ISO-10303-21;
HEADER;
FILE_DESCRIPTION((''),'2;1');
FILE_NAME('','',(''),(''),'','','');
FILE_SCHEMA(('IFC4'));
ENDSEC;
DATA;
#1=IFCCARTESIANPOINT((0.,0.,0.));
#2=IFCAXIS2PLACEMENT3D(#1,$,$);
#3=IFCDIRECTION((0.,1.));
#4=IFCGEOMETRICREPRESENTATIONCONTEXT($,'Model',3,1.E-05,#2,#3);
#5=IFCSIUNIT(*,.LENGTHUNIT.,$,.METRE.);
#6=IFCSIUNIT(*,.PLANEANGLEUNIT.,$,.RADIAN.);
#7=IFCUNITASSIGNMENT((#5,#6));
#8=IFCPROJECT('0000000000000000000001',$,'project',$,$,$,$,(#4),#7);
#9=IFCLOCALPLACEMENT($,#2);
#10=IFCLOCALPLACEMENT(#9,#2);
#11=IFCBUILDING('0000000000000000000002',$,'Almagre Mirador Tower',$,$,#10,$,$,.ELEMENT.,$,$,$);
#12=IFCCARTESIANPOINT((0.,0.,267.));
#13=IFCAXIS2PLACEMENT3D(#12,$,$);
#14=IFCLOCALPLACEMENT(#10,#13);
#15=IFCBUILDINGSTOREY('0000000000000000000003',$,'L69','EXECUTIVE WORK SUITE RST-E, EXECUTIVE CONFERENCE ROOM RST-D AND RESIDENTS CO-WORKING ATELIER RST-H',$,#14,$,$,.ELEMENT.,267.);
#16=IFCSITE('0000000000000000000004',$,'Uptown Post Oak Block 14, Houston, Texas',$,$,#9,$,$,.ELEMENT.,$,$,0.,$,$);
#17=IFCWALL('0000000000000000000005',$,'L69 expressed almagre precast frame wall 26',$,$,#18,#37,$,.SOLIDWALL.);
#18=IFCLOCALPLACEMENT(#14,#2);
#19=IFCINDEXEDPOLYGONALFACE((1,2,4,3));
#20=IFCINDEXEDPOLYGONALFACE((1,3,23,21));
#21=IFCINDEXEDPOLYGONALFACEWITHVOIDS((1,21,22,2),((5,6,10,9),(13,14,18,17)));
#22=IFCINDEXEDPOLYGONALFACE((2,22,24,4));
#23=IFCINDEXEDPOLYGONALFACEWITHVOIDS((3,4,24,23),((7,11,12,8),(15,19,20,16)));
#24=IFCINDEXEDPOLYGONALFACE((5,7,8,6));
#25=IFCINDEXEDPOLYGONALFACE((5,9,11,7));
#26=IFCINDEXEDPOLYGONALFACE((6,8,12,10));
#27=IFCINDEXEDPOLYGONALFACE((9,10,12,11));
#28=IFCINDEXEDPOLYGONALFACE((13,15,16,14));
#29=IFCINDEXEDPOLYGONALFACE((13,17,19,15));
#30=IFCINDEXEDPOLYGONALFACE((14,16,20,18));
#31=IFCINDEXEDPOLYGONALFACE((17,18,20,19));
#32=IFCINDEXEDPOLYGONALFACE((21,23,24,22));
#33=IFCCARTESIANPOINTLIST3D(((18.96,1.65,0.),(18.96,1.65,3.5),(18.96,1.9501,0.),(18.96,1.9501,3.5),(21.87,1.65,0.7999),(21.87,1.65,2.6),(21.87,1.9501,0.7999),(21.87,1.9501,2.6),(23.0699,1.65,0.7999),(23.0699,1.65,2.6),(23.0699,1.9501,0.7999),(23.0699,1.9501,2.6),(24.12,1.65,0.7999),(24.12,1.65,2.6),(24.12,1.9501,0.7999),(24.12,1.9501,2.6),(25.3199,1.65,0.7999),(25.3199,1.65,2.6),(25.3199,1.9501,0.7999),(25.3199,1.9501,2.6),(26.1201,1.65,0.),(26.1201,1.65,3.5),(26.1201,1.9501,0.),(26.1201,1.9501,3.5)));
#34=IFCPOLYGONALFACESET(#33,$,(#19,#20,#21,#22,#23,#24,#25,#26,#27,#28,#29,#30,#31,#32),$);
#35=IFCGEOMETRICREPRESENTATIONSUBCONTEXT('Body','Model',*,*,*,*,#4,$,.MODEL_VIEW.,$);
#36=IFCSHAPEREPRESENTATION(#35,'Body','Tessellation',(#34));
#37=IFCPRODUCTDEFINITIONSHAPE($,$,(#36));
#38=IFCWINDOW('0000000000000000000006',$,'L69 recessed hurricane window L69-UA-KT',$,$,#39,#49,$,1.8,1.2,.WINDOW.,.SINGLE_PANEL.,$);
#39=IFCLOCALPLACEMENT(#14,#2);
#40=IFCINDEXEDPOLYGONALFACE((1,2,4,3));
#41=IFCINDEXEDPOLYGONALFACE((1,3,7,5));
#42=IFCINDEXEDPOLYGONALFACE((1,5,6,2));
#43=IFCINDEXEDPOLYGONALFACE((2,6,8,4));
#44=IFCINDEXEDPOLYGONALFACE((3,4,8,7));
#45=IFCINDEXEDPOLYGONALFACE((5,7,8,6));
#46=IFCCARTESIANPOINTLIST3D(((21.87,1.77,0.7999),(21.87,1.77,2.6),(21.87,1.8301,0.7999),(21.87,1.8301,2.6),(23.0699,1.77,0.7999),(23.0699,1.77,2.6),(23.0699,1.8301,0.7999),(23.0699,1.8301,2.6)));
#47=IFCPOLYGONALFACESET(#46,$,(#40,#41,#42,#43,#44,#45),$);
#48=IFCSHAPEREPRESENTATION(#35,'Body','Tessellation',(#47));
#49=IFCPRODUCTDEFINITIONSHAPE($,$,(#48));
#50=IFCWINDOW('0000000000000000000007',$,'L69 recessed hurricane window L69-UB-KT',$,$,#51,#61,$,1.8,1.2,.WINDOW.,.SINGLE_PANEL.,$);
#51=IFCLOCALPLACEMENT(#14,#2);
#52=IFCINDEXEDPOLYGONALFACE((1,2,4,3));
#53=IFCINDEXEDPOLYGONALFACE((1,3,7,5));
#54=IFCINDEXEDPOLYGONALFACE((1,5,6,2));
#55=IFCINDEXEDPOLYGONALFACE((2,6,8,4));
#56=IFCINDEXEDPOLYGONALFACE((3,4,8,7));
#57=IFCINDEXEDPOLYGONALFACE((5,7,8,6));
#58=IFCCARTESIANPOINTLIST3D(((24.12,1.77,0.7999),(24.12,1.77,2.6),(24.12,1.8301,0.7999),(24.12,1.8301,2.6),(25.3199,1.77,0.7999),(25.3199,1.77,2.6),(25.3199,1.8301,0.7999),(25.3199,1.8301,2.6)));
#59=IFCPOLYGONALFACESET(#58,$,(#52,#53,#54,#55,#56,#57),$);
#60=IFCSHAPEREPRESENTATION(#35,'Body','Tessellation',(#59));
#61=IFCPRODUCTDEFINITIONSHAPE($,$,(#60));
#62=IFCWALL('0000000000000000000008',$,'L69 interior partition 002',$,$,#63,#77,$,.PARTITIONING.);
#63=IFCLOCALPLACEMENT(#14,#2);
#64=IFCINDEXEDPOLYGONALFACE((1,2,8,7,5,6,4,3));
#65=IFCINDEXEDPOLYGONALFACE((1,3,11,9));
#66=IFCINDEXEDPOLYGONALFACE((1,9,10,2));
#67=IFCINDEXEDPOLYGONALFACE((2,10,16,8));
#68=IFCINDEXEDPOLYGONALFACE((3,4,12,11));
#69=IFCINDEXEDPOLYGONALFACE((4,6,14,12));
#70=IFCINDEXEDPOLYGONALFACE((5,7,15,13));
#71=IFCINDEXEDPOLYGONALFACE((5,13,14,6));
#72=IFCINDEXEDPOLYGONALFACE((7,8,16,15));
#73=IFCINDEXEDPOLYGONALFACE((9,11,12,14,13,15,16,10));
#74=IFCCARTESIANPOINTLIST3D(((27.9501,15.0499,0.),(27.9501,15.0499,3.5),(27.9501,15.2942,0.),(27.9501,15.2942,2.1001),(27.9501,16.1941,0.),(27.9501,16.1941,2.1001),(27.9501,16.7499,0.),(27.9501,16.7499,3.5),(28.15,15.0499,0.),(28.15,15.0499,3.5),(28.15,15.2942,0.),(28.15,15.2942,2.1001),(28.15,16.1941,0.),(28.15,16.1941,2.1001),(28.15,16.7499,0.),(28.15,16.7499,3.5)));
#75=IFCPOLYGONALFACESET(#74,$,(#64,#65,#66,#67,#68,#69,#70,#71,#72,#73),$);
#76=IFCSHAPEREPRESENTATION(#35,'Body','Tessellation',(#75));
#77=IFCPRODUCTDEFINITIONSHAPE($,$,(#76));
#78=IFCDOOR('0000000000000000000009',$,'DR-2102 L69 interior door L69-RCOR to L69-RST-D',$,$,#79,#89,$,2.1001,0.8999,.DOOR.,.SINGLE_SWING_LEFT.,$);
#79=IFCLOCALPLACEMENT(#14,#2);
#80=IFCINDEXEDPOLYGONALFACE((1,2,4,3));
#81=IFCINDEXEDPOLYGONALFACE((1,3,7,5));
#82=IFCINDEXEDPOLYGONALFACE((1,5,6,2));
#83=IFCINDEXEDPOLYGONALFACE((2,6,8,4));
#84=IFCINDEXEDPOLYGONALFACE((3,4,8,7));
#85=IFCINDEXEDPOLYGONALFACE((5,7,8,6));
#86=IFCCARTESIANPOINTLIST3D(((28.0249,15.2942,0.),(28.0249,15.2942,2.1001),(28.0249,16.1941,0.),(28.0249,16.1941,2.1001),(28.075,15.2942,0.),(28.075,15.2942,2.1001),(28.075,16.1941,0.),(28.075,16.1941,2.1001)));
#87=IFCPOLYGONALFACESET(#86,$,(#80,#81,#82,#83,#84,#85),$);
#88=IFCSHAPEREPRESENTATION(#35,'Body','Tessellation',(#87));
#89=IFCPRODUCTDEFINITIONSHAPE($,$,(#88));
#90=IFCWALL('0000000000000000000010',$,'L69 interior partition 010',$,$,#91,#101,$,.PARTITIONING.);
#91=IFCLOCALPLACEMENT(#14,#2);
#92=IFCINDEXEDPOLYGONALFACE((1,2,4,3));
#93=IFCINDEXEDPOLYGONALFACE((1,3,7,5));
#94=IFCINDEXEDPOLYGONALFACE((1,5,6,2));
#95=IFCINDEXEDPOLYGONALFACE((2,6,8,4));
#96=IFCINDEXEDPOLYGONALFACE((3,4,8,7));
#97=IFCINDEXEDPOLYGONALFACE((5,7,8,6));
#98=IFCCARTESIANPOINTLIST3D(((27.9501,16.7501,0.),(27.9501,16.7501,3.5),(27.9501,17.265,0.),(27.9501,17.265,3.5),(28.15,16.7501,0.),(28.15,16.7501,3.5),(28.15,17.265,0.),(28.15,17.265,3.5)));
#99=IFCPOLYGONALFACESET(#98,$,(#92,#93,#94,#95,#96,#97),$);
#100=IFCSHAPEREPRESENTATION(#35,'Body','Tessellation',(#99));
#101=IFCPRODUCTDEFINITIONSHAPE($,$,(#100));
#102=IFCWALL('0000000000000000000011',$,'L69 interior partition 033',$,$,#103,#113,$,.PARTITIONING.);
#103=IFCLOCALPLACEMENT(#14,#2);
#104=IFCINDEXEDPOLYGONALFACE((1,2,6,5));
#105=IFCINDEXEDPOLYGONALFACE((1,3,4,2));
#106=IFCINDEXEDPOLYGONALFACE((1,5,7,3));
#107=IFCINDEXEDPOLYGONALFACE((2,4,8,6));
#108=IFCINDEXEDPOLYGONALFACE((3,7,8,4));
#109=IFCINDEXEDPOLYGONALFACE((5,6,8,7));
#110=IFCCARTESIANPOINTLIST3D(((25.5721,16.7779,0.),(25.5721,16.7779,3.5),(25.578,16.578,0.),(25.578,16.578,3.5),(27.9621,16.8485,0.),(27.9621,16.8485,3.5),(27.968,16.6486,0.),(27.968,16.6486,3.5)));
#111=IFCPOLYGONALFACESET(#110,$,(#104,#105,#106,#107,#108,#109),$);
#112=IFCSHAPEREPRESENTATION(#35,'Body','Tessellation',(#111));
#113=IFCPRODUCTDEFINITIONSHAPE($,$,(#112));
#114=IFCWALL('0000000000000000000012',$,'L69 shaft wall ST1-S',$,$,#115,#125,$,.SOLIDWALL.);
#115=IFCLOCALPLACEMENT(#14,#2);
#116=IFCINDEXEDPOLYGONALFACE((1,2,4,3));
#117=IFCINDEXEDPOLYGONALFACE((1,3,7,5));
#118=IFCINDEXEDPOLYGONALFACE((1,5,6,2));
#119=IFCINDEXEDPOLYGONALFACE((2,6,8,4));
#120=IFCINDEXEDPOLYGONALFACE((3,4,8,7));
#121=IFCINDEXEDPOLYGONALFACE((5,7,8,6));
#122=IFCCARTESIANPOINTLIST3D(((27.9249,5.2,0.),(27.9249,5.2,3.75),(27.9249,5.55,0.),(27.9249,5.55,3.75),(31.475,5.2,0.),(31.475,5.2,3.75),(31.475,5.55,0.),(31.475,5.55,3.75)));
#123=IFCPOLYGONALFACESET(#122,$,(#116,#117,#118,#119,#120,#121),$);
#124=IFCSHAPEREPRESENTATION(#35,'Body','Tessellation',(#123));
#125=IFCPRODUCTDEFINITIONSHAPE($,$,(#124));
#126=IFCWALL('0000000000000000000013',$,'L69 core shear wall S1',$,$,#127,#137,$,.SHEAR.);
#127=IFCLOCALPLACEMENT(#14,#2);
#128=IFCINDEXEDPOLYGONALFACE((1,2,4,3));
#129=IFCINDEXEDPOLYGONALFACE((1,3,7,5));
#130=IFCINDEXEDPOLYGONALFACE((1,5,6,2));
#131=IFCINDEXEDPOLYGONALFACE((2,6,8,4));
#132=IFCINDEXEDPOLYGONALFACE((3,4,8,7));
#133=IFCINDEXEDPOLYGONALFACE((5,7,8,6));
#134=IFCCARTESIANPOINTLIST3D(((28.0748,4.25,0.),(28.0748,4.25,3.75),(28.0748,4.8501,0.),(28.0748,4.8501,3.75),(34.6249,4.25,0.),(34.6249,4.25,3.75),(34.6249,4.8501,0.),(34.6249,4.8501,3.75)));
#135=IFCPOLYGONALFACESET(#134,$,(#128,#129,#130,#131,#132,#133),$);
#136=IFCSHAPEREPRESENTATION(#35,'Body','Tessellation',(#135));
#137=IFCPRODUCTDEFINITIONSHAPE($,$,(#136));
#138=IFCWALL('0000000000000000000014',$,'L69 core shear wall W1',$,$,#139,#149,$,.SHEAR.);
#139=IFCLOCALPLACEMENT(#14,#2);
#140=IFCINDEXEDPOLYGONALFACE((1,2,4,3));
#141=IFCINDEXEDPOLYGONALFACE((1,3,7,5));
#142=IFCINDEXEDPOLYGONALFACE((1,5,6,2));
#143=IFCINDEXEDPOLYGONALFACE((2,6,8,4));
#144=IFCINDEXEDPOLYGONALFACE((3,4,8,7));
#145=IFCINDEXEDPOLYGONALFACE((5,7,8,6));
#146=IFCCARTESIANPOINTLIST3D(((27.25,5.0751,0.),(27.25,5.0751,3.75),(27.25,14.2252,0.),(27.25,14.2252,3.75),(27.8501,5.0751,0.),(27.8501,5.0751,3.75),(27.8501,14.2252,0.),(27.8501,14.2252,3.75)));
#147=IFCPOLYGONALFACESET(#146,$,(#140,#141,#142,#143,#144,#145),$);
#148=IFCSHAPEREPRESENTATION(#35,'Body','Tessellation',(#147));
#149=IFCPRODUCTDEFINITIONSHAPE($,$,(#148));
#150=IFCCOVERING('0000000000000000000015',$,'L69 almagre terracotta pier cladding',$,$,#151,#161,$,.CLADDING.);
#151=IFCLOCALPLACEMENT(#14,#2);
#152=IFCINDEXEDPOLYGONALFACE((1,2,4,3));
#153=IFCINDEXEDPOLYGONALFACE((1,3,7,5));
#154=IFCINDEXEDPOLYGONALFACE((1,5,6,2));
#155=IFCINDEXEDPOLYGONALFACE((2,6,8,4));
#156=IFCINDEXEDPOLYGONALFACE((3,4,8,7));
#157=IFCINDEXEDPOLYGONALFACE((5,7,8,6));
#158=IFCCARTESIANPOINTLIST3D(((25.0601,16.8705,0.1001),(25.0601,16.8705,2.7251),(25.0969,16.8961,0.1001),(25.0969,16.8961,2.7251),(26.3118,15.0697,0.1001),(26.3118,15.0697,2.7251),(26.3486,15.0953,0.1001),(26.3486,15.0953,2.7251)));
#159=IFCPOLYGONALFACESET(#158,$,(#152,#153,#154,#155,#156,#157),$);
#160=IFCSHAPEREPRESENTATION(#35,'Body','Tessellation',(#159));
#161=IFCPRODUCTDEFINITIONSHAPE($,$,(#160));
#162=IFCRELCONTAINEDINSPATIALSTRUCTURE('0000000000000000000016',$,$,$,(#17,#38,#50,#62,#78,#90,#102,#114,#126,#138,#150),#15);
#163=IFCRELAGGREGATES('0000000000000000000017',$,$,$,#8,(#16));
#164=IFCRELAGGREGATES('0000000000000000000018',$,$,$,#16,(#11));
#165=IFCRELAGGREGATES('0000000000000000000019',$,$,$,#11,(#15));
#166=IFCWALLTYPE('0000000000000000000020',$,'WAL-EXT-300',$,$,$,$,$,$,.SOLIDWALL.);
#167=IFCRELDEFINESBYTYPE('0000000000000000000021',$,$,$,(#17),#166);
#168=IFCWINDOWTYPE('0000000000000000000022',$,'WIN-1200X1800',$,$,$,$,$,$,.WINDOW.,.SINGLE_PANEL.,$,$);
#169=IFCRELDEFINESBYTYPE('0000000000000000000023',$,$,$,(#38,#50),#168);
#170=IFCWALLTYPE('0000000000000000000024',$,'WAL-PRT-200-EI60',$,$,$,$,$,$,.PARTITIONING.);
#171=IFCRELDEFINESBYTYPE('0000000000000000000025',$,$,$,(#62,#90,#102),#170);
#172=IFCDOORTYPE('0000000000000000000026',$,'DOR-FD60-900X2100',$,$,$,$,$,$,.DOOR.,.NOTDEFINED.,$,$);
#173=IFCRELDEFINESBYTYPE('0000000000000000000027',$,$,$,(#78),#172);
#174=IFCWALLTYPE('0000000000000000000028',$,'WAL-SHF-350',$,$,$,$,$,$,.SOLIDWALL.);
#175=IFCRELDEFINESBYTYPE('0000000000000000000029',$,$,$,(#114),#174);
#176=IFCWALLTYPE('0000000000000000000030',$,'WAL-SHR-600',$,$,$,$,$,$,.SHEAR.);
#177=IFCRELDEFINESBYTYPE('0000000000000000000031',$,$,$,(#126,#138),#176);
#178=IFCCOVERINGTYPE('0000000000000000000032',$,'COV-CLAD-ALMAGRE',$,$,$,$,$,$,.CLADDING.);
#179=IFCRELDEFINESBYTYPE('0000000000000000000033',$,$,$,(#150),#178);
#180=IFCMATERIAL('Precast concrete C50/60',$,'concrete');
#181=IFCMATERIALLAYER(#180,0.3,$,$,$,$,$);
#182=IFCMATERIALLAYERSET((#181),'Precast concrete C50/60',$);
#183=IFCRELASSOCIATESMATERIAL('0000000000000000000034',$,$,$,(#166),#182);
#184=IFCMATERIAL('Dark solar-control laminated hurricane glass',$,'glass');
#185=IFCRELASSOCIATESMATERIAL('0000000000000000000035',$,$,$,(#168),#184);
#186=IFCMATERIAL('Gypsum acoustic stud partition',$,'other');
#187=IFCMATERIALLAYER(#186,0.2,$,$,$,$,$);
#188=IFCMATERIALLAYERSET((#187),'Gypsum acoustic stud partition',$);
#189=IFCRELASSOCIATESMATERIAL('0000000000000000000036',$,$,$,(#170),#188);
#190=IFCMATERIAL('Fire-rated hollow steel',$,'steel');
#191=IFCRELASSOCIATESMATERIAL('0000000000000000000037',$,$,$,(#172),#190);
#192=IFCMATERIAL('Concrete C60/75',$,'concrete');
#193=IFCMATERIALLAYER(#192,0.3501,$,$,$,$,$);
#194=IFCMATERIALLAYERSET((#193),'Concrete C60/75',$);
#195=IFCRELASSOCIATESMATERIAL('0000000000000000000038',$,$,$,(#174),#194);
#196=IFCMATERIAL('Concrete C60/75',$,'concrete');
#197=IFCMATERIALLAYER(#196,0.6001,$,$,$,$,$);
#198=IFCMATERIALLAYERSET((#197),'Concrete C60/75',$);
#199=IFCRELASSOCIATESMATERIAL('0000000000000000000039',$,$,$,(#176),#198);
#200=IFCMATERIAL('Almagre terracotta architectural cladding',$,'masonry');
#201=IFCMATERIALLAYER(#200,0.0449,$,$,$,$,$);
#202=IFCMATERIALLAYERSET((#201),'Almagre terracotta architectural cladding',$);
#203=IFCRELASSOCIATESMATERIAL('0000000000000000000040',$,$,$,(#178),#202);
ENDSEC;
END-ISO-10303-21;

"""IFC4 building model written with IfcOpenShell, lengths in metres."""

from ifc_helpers import new_model, si_unit, direction, frame, frame_2d, origin, origin_2d, place, context, subcontext, project, spatial, rectangle, extrude, material, layer, layer_set, type_object, element, fill, save


model = new_model("IFC4")

# Units and contexts
model_context = context("Model", 3, precision=1e-05, world=origin(), true_north=direction((0.0, 1.0)))
body_context = subcontext(model_context, "Body", "Model", "MODEL_VIEW")
ifc_project = project(units=[si_unit("LENGTHUNIT", "METRE"), si_unit("PLANEANGLEUNIT", "RADIAN")], contexts=[model_context])

# Site, building, storey
site_placement = place(None, origin())
site = spatial("IfcSite", under=ifc_project, at=site_placement, Name="Uptown Post Oak Block 14, Houston, Texas", CompositionType="ELEMENT", RefElevation=0.0)
building_placement = place(site_placement, origin())
building = spatial("IfcBuilding", under=site, at=building_placement, Name="Almagre Mirador Tower", CompositionType="ELEMENT")
storey_placement = place(building_placement, frame((0.0, 0.0, 267.0)))
storey = spatial("IfcBuildingStorey", under=building, at=storey_placement, Name="L69", Description="EXECUTIVE WORK SUITE RST-E, EXECUTIVE CONFERENCE ROOM RST-D AND RESIDENTS CO-WORKING ATELIER RST-H", CompositionType="ELEMENT", Elevation=267.0)

# Shared definitions
ifc_material_1 = material(Name="Precast concrete C50/60", Category="concrete")
ifc_layer_1 = layer(ifc_material_1, 0.3)
ifc_layer_set_1 = layer_set([ifc_layer_1], Name="Precast concrete C50/60")
wall_type_1 = type_object("IfcWallType", Name="WAL-EXT-300", PredefinedType="SOLIDWALL", material=ifc_layer_set_1)

# Wall, openings, windows
wall_1_placement = place(storey_placement, frame((26.1201, 1.8, 0.0), z_axis=(0.0, 0.0, 1.0), x_axis=(-1.0, 0.0, 0.0)))
wall_1 = element("IfcWall", 1, at=wall_1_placement, inside=storey, type_object=wall_type_1, Name="L69 expressed almagre precast frame wall 26", PredefinedType="SOLIDWALL", context=body_context, shape_type="SweptSolid", body=[
    extrude(rectangle(XDim=7.1602, YDim=0.3, at=frame_2d((3.5801, 0.0))), origin(), (0.0, 0.0, 1.0), 3.5),
])
opening_1_placement = place(wall_1_placement, frame((3.05, 0.0, 0.8)))
opening_1 = element("IfcOpeningElement", 2, at=opening_1_placement, cuts=wall_1, PredefinedType="OPENING", context=body_context, shape_type="SweptSolid", body=[
    extrude(rectangle(XDim=1.2, YDim=1.8, at=frame_2d((0.6001, 0.8999))), frame((0.0, 0.1599, 0.0), z_axis=(0.0, -1.0, 0.0), x_axis=(1.0, 0.0, 0.0)), (0.0, 0.0, 1.0), 0.32),
])
opening_2_placement = place(wall_1_placement, frame((0.8, 0.0, 0.8)))
opening_2 = element("IfcOpeningElement", 3, at=opening_2_placement, cuts=wall_1, PredefinedType="OPENING", context=body_context, shape_type="SweptSolid", body=[
    extrude(rectangle(XDim=1.2, YDim=1.8, at=frame_2d((0.6001, 0.8999))), frame((0.0, 0.1599, 0.0), z_axis=(0.0, -1.0, 0.0), x_axis=(1.0, 0.0, 0.0)), (0.0, 0.0, 1.0), 0.32),
])
ifc_material_2 = material(Name="Dark solar-control laminated hurricane glass", Category="glass")
window_type = type_object("IfcWindowType", Name="WIN-1200X1800", PartitioningType="SINGLE_PANEL", PredefinedType="WINDOW", material=ifc_material_2)
window_1_placement = place(opening_1_placement, origin())
window_1 = element("IfcWindow", 4, at=window_1_placement, inside=storey, type_object=window_type, Name="L69 recessed hurricane window L69-UA-KT", OverallHeight=1.8, OverallWidth=1.2, PartitioningType="SINGLE_PANEL", PredefinedType="WINDOW", context=body_context, shape_type="SweptSolid", body=[
    extrude(rectangle(XDim=1.2, YDim=1.8, at=frame_2d((0.6001, 0.8999))), frame((0.0, 0.03, 0.0), z_axis=(0.0, -1.0, 0.0), x_axis=(1.0, 0.0, 0.0)), (0.0, 0.0, 1.0), 0.0601),
])
fill(opening_1, window_1)
window_2_placement = place(opening_2_placement, origin())
window_2 = element("IfcWindow", 5, at=window_2_placement, inside=storey, type_object=window_type, Name="L69 recessed hurricane window L69-UB-KT", OverallHeight=1.8, OverallWidth=1.2, PartitioningType="SINGLE_PANEL", PredefinedType="WINDOW", context=body_context, shape_type="SweptSolid", body=[
    extrude(rectangle(XDim=1.2, YDim=1.8, at=frame_2d((0.6001, 0.8999))), frame((0.0, 0.03, 0.0), z_axis=(0.0, -1.0, 0.0), x_axis=(1.0, 0.0, 0.0)), (0.0, 0.0, 1.0), 0.0601),
])
fill(opening_2, window_2)

# Wall, opening, door
ifc_material_3 = material(Name="Gypsum acoustic stud partition", Category="other")
ifc_layer_2 = layer(ifc_material_3, 0.2)
ifc_layer_set_2 = layer_set([ifc_layer_2], Name="Gypsum acoustic stud partition")
wall_type_2 = type_object("IfcWallType", Name="WAL-PRT-200-EI60", PredefinedType="PARTITIONING", material=ifc_layer_set_2)
wall_2_placement = place(storey_placement, frame((28.05, 16.75, 0.0), z_axis=(0.0, 0.0, 1.0), x_axis=(0.0, -1.0, 0.0)))
wall_2 = element("IfcWall", 6, at=wall_2_placement, inside=storey, type_object=wall_type_2, Name="L69 interior partition 002", PredefinedType="PARTITIONING", context=body_context, shape_type="SweptSolid", body=[
    extrude(rectangle(XDim=1.7, YDim=0.2, at=frame_2d((0.8501, 0.0))), origin(), (0.0, 0.0, 1.0), 3.5),
])
opening_3_placement = place(wall_2_placement, frame((0.5559, 0.0, 0.0)))
opening_3 = element("IfcOpeningElement", 7, at=opening_3_placement, cuts=wall_2, PredefinedType="OPENING", context=body_context, shape_type="SweptSolid", body=[
    extrude(rectangle(XDim=0.8999, YDim=2.1001, at=frame_2d((0.45, 1.05))), frame((0.0, 0.1101, 0.0), z_axis=(0.0, -1.0, 0.0), x_axis=(1.0, 0.0, 0.0)), (0.0, 0.0, 1.0), 0.22),
])
ifc_material_4 = material(Name="Fire-rated hollow steel", Category="steel")
door_type_1 = type_object("IfcDoorType", Name="DOR-FD60-900X2100", OperationType="NOTDEFINED", PredefinedType="DOOR", material=ifc_material_4)
door_1_placement = place(opening_3_placement, origin())
door_1 = element("IfcDoor", 8, at=door_1_placement, inside=storey, type_object=door_type_1, Name="DR-2102 L69 interior door L69-RCOR to L69-RST-D", OperationType="SINGLE_SWING_LEFT", OverallHeight=2.1001, OverallWidth=0.8999, PredefinedType="DOOR", context=body_context, shape_type="SweptSolid", body=[
    extrude(rectangle(XDim=0.8999, YDim=2.1001, at=frame_2d((0.45, 1.05))), frame((0.0, 0.0249, 0.0), z_axis=(0.0, -1.0, 0.0), x_axis=(1.0, 0.0, 0.0)), (0.0, 0.0, 1.0), 0.05),
])
fill(opening_3, door_1)

# Walls
wall_3_placement = place(storey_placement, frame((28.05, 17.2649, 0.0), z_axis=(0.0, 0.0, 1.0), x_axis=(0.0, -1.0, 0.0)))
element("IfcWall", 9, at=wall_3_placement, inside=storey, type_object=wall_type_2, Name="L69 interior partition 010", PredefinedType="PARTITIONING", context=body_context, shape_type="SweptSolid", body=[
    extrude(rectangle(XDim=0.5149, YDim=0.2, at=frame_2d((0.2573, 0.0))), origin(), (0.0, 0.0, 1.0), 3.5),
])
wall_4_placement = place(storey_placement, frame((27.9651, 16.7485, 0.0), z_axis=(0.0, 0.0, 1.0), x_axis=(-0.999565, -0.029507, 0.0)))
element("IfcWall", 10, at=wall_4_placement, inside=storey, type_object=wall_type_2, Name="L69 interior partition 033", PredefinedType="PARTITIONING", context=body_context, shape_type="SweptSolid", body=[
    extrude(rectangle(XDim=2.3911, YDim=0.2, at=frame_2d((1.1956, 0.0))), origin(), (0.0, 0.0, 1.0), 3.5),
])
ifc_material_5 = material(Name="Concrete C60/75", Category="concrete")
ifc_layer_3 = layer(ifc_material_5, 0.3501)
ifc_layer_set_3 = layer_set([ifc_layer_3], Name="Concrete C60/75")
wall_type_3 = type_object("IfcWallType", Name="WAL-SHF-350", PredefinedType="SOLIDWALL", material=ifc_layer_set_3)
wall_5_placement = place(storey_placement, frame((27.925, 5.375, 0.0), z_axis=(0.0, 0.0, 1.0), x_axis=(1.0, 0.0, 0.0)))
element("IfcWall", 11, at=wall_5_placement, inside=storey, type_object=wall_type_3, Name="L69 shaft wall ST1-S", PredefinedType="SOLIDWALL", context=body_context, shape_type="SweptSolid", body=[
    extrude(rectangle(XDim=3.55, YDim=0.3501, at=frame_2d((1.7749, 0.0))), origin(), (0.0, 0.0, 1.0), 3.75),
])
ifc_material_6 = material(Name="Concrete C60/75", Category="concrete")
ifc_layer_4 = layer(ifc_material_6, 0.6001)
ifc_layer_set_4 = layer_set([ifc_layer_4], Name="Concrete C60/75")
wall_type_4 = type_object("IfcWallType", Name="WAL-SHR-600", PredefinedType="SHEAR", material=ifc_layer_set_4)
wall_6_placement = place(storey_placement, frame((28.075, 4.55, 0.0), z_axis=(0.0, 0.0, 1.0), x_axis=(1.0, 0.0, 0.0)))
element("IfcWall", 12, at=wall_6_placement, inside=storey, type_object=wall_type_4, Name="L69 core shear wall S1", PredefinedType="SHEAR", context=body_context, shape_type="SweptSolid", body=[
    extrude(rectangle(XDim=6.55, YDim=0.6001, at=frame_2d((3.2749, 0.0))), origin(), (0.0, 0.0, 1.0), 3.75),
])

# Wall
wall_7_placement = place(storey_placement, frame((27.55, 5.075, 0.0), z_axis=(0.0, 0.0, 1.0), x_axis=(0.0, 1.0, 0.0)))
element("IfcWall", 13, at=wall_7_placement, inside=storey, type_object=wall_type_4, Name="L69 core shear wall W1", PredefinedType="SHEAR", context=body_context, shape_type="SweptSolid", body=[
    extrude(rectangle(XDim=9.1501, YDim=0.6001, at=frame_2d((4.5752, 0.0))), origin(), (0.0, 0.0, 1.0), 3.75),
])

# Covering
ifc_material_7 = material(Name="Almagre terracotta architectural cladding", Category="masonry")
ifc_layer_5 = layer(ifc_material_7, 0.0449)
ifc_layer_set_5 = layer_set([ifc_layer_5], Name="Almagre terracotta architectural cladding")
covering_type = type_object("IfcCoveringType", Name="COV-CLAD-ALMAGRE", PredefinedType="CLADDING", material=ifc_layer_set_5)
covering_placement = place(storey_placement, frame((25.7043, 15.9829, 0.1001), z_axis=(0.0, 0.0, 1.0), x_axis=(-0.570742, 0.821129, 0.0)))
element("IfcCovering", 14, at=covering_placement, inside=storey, type_object=covering_type, Name="L69 almagre terracotta pier cladding", PredefinedType="CLADDING", context=body_context, shape_type="SweptSolid", body=[
    extrude(rectangle(XDim=2.1931, YDim=0.0449, at=origin_2d()), origin(), (0.0, 0.0, 1.0), 2.625),
])

save(model, "model.ifc")
